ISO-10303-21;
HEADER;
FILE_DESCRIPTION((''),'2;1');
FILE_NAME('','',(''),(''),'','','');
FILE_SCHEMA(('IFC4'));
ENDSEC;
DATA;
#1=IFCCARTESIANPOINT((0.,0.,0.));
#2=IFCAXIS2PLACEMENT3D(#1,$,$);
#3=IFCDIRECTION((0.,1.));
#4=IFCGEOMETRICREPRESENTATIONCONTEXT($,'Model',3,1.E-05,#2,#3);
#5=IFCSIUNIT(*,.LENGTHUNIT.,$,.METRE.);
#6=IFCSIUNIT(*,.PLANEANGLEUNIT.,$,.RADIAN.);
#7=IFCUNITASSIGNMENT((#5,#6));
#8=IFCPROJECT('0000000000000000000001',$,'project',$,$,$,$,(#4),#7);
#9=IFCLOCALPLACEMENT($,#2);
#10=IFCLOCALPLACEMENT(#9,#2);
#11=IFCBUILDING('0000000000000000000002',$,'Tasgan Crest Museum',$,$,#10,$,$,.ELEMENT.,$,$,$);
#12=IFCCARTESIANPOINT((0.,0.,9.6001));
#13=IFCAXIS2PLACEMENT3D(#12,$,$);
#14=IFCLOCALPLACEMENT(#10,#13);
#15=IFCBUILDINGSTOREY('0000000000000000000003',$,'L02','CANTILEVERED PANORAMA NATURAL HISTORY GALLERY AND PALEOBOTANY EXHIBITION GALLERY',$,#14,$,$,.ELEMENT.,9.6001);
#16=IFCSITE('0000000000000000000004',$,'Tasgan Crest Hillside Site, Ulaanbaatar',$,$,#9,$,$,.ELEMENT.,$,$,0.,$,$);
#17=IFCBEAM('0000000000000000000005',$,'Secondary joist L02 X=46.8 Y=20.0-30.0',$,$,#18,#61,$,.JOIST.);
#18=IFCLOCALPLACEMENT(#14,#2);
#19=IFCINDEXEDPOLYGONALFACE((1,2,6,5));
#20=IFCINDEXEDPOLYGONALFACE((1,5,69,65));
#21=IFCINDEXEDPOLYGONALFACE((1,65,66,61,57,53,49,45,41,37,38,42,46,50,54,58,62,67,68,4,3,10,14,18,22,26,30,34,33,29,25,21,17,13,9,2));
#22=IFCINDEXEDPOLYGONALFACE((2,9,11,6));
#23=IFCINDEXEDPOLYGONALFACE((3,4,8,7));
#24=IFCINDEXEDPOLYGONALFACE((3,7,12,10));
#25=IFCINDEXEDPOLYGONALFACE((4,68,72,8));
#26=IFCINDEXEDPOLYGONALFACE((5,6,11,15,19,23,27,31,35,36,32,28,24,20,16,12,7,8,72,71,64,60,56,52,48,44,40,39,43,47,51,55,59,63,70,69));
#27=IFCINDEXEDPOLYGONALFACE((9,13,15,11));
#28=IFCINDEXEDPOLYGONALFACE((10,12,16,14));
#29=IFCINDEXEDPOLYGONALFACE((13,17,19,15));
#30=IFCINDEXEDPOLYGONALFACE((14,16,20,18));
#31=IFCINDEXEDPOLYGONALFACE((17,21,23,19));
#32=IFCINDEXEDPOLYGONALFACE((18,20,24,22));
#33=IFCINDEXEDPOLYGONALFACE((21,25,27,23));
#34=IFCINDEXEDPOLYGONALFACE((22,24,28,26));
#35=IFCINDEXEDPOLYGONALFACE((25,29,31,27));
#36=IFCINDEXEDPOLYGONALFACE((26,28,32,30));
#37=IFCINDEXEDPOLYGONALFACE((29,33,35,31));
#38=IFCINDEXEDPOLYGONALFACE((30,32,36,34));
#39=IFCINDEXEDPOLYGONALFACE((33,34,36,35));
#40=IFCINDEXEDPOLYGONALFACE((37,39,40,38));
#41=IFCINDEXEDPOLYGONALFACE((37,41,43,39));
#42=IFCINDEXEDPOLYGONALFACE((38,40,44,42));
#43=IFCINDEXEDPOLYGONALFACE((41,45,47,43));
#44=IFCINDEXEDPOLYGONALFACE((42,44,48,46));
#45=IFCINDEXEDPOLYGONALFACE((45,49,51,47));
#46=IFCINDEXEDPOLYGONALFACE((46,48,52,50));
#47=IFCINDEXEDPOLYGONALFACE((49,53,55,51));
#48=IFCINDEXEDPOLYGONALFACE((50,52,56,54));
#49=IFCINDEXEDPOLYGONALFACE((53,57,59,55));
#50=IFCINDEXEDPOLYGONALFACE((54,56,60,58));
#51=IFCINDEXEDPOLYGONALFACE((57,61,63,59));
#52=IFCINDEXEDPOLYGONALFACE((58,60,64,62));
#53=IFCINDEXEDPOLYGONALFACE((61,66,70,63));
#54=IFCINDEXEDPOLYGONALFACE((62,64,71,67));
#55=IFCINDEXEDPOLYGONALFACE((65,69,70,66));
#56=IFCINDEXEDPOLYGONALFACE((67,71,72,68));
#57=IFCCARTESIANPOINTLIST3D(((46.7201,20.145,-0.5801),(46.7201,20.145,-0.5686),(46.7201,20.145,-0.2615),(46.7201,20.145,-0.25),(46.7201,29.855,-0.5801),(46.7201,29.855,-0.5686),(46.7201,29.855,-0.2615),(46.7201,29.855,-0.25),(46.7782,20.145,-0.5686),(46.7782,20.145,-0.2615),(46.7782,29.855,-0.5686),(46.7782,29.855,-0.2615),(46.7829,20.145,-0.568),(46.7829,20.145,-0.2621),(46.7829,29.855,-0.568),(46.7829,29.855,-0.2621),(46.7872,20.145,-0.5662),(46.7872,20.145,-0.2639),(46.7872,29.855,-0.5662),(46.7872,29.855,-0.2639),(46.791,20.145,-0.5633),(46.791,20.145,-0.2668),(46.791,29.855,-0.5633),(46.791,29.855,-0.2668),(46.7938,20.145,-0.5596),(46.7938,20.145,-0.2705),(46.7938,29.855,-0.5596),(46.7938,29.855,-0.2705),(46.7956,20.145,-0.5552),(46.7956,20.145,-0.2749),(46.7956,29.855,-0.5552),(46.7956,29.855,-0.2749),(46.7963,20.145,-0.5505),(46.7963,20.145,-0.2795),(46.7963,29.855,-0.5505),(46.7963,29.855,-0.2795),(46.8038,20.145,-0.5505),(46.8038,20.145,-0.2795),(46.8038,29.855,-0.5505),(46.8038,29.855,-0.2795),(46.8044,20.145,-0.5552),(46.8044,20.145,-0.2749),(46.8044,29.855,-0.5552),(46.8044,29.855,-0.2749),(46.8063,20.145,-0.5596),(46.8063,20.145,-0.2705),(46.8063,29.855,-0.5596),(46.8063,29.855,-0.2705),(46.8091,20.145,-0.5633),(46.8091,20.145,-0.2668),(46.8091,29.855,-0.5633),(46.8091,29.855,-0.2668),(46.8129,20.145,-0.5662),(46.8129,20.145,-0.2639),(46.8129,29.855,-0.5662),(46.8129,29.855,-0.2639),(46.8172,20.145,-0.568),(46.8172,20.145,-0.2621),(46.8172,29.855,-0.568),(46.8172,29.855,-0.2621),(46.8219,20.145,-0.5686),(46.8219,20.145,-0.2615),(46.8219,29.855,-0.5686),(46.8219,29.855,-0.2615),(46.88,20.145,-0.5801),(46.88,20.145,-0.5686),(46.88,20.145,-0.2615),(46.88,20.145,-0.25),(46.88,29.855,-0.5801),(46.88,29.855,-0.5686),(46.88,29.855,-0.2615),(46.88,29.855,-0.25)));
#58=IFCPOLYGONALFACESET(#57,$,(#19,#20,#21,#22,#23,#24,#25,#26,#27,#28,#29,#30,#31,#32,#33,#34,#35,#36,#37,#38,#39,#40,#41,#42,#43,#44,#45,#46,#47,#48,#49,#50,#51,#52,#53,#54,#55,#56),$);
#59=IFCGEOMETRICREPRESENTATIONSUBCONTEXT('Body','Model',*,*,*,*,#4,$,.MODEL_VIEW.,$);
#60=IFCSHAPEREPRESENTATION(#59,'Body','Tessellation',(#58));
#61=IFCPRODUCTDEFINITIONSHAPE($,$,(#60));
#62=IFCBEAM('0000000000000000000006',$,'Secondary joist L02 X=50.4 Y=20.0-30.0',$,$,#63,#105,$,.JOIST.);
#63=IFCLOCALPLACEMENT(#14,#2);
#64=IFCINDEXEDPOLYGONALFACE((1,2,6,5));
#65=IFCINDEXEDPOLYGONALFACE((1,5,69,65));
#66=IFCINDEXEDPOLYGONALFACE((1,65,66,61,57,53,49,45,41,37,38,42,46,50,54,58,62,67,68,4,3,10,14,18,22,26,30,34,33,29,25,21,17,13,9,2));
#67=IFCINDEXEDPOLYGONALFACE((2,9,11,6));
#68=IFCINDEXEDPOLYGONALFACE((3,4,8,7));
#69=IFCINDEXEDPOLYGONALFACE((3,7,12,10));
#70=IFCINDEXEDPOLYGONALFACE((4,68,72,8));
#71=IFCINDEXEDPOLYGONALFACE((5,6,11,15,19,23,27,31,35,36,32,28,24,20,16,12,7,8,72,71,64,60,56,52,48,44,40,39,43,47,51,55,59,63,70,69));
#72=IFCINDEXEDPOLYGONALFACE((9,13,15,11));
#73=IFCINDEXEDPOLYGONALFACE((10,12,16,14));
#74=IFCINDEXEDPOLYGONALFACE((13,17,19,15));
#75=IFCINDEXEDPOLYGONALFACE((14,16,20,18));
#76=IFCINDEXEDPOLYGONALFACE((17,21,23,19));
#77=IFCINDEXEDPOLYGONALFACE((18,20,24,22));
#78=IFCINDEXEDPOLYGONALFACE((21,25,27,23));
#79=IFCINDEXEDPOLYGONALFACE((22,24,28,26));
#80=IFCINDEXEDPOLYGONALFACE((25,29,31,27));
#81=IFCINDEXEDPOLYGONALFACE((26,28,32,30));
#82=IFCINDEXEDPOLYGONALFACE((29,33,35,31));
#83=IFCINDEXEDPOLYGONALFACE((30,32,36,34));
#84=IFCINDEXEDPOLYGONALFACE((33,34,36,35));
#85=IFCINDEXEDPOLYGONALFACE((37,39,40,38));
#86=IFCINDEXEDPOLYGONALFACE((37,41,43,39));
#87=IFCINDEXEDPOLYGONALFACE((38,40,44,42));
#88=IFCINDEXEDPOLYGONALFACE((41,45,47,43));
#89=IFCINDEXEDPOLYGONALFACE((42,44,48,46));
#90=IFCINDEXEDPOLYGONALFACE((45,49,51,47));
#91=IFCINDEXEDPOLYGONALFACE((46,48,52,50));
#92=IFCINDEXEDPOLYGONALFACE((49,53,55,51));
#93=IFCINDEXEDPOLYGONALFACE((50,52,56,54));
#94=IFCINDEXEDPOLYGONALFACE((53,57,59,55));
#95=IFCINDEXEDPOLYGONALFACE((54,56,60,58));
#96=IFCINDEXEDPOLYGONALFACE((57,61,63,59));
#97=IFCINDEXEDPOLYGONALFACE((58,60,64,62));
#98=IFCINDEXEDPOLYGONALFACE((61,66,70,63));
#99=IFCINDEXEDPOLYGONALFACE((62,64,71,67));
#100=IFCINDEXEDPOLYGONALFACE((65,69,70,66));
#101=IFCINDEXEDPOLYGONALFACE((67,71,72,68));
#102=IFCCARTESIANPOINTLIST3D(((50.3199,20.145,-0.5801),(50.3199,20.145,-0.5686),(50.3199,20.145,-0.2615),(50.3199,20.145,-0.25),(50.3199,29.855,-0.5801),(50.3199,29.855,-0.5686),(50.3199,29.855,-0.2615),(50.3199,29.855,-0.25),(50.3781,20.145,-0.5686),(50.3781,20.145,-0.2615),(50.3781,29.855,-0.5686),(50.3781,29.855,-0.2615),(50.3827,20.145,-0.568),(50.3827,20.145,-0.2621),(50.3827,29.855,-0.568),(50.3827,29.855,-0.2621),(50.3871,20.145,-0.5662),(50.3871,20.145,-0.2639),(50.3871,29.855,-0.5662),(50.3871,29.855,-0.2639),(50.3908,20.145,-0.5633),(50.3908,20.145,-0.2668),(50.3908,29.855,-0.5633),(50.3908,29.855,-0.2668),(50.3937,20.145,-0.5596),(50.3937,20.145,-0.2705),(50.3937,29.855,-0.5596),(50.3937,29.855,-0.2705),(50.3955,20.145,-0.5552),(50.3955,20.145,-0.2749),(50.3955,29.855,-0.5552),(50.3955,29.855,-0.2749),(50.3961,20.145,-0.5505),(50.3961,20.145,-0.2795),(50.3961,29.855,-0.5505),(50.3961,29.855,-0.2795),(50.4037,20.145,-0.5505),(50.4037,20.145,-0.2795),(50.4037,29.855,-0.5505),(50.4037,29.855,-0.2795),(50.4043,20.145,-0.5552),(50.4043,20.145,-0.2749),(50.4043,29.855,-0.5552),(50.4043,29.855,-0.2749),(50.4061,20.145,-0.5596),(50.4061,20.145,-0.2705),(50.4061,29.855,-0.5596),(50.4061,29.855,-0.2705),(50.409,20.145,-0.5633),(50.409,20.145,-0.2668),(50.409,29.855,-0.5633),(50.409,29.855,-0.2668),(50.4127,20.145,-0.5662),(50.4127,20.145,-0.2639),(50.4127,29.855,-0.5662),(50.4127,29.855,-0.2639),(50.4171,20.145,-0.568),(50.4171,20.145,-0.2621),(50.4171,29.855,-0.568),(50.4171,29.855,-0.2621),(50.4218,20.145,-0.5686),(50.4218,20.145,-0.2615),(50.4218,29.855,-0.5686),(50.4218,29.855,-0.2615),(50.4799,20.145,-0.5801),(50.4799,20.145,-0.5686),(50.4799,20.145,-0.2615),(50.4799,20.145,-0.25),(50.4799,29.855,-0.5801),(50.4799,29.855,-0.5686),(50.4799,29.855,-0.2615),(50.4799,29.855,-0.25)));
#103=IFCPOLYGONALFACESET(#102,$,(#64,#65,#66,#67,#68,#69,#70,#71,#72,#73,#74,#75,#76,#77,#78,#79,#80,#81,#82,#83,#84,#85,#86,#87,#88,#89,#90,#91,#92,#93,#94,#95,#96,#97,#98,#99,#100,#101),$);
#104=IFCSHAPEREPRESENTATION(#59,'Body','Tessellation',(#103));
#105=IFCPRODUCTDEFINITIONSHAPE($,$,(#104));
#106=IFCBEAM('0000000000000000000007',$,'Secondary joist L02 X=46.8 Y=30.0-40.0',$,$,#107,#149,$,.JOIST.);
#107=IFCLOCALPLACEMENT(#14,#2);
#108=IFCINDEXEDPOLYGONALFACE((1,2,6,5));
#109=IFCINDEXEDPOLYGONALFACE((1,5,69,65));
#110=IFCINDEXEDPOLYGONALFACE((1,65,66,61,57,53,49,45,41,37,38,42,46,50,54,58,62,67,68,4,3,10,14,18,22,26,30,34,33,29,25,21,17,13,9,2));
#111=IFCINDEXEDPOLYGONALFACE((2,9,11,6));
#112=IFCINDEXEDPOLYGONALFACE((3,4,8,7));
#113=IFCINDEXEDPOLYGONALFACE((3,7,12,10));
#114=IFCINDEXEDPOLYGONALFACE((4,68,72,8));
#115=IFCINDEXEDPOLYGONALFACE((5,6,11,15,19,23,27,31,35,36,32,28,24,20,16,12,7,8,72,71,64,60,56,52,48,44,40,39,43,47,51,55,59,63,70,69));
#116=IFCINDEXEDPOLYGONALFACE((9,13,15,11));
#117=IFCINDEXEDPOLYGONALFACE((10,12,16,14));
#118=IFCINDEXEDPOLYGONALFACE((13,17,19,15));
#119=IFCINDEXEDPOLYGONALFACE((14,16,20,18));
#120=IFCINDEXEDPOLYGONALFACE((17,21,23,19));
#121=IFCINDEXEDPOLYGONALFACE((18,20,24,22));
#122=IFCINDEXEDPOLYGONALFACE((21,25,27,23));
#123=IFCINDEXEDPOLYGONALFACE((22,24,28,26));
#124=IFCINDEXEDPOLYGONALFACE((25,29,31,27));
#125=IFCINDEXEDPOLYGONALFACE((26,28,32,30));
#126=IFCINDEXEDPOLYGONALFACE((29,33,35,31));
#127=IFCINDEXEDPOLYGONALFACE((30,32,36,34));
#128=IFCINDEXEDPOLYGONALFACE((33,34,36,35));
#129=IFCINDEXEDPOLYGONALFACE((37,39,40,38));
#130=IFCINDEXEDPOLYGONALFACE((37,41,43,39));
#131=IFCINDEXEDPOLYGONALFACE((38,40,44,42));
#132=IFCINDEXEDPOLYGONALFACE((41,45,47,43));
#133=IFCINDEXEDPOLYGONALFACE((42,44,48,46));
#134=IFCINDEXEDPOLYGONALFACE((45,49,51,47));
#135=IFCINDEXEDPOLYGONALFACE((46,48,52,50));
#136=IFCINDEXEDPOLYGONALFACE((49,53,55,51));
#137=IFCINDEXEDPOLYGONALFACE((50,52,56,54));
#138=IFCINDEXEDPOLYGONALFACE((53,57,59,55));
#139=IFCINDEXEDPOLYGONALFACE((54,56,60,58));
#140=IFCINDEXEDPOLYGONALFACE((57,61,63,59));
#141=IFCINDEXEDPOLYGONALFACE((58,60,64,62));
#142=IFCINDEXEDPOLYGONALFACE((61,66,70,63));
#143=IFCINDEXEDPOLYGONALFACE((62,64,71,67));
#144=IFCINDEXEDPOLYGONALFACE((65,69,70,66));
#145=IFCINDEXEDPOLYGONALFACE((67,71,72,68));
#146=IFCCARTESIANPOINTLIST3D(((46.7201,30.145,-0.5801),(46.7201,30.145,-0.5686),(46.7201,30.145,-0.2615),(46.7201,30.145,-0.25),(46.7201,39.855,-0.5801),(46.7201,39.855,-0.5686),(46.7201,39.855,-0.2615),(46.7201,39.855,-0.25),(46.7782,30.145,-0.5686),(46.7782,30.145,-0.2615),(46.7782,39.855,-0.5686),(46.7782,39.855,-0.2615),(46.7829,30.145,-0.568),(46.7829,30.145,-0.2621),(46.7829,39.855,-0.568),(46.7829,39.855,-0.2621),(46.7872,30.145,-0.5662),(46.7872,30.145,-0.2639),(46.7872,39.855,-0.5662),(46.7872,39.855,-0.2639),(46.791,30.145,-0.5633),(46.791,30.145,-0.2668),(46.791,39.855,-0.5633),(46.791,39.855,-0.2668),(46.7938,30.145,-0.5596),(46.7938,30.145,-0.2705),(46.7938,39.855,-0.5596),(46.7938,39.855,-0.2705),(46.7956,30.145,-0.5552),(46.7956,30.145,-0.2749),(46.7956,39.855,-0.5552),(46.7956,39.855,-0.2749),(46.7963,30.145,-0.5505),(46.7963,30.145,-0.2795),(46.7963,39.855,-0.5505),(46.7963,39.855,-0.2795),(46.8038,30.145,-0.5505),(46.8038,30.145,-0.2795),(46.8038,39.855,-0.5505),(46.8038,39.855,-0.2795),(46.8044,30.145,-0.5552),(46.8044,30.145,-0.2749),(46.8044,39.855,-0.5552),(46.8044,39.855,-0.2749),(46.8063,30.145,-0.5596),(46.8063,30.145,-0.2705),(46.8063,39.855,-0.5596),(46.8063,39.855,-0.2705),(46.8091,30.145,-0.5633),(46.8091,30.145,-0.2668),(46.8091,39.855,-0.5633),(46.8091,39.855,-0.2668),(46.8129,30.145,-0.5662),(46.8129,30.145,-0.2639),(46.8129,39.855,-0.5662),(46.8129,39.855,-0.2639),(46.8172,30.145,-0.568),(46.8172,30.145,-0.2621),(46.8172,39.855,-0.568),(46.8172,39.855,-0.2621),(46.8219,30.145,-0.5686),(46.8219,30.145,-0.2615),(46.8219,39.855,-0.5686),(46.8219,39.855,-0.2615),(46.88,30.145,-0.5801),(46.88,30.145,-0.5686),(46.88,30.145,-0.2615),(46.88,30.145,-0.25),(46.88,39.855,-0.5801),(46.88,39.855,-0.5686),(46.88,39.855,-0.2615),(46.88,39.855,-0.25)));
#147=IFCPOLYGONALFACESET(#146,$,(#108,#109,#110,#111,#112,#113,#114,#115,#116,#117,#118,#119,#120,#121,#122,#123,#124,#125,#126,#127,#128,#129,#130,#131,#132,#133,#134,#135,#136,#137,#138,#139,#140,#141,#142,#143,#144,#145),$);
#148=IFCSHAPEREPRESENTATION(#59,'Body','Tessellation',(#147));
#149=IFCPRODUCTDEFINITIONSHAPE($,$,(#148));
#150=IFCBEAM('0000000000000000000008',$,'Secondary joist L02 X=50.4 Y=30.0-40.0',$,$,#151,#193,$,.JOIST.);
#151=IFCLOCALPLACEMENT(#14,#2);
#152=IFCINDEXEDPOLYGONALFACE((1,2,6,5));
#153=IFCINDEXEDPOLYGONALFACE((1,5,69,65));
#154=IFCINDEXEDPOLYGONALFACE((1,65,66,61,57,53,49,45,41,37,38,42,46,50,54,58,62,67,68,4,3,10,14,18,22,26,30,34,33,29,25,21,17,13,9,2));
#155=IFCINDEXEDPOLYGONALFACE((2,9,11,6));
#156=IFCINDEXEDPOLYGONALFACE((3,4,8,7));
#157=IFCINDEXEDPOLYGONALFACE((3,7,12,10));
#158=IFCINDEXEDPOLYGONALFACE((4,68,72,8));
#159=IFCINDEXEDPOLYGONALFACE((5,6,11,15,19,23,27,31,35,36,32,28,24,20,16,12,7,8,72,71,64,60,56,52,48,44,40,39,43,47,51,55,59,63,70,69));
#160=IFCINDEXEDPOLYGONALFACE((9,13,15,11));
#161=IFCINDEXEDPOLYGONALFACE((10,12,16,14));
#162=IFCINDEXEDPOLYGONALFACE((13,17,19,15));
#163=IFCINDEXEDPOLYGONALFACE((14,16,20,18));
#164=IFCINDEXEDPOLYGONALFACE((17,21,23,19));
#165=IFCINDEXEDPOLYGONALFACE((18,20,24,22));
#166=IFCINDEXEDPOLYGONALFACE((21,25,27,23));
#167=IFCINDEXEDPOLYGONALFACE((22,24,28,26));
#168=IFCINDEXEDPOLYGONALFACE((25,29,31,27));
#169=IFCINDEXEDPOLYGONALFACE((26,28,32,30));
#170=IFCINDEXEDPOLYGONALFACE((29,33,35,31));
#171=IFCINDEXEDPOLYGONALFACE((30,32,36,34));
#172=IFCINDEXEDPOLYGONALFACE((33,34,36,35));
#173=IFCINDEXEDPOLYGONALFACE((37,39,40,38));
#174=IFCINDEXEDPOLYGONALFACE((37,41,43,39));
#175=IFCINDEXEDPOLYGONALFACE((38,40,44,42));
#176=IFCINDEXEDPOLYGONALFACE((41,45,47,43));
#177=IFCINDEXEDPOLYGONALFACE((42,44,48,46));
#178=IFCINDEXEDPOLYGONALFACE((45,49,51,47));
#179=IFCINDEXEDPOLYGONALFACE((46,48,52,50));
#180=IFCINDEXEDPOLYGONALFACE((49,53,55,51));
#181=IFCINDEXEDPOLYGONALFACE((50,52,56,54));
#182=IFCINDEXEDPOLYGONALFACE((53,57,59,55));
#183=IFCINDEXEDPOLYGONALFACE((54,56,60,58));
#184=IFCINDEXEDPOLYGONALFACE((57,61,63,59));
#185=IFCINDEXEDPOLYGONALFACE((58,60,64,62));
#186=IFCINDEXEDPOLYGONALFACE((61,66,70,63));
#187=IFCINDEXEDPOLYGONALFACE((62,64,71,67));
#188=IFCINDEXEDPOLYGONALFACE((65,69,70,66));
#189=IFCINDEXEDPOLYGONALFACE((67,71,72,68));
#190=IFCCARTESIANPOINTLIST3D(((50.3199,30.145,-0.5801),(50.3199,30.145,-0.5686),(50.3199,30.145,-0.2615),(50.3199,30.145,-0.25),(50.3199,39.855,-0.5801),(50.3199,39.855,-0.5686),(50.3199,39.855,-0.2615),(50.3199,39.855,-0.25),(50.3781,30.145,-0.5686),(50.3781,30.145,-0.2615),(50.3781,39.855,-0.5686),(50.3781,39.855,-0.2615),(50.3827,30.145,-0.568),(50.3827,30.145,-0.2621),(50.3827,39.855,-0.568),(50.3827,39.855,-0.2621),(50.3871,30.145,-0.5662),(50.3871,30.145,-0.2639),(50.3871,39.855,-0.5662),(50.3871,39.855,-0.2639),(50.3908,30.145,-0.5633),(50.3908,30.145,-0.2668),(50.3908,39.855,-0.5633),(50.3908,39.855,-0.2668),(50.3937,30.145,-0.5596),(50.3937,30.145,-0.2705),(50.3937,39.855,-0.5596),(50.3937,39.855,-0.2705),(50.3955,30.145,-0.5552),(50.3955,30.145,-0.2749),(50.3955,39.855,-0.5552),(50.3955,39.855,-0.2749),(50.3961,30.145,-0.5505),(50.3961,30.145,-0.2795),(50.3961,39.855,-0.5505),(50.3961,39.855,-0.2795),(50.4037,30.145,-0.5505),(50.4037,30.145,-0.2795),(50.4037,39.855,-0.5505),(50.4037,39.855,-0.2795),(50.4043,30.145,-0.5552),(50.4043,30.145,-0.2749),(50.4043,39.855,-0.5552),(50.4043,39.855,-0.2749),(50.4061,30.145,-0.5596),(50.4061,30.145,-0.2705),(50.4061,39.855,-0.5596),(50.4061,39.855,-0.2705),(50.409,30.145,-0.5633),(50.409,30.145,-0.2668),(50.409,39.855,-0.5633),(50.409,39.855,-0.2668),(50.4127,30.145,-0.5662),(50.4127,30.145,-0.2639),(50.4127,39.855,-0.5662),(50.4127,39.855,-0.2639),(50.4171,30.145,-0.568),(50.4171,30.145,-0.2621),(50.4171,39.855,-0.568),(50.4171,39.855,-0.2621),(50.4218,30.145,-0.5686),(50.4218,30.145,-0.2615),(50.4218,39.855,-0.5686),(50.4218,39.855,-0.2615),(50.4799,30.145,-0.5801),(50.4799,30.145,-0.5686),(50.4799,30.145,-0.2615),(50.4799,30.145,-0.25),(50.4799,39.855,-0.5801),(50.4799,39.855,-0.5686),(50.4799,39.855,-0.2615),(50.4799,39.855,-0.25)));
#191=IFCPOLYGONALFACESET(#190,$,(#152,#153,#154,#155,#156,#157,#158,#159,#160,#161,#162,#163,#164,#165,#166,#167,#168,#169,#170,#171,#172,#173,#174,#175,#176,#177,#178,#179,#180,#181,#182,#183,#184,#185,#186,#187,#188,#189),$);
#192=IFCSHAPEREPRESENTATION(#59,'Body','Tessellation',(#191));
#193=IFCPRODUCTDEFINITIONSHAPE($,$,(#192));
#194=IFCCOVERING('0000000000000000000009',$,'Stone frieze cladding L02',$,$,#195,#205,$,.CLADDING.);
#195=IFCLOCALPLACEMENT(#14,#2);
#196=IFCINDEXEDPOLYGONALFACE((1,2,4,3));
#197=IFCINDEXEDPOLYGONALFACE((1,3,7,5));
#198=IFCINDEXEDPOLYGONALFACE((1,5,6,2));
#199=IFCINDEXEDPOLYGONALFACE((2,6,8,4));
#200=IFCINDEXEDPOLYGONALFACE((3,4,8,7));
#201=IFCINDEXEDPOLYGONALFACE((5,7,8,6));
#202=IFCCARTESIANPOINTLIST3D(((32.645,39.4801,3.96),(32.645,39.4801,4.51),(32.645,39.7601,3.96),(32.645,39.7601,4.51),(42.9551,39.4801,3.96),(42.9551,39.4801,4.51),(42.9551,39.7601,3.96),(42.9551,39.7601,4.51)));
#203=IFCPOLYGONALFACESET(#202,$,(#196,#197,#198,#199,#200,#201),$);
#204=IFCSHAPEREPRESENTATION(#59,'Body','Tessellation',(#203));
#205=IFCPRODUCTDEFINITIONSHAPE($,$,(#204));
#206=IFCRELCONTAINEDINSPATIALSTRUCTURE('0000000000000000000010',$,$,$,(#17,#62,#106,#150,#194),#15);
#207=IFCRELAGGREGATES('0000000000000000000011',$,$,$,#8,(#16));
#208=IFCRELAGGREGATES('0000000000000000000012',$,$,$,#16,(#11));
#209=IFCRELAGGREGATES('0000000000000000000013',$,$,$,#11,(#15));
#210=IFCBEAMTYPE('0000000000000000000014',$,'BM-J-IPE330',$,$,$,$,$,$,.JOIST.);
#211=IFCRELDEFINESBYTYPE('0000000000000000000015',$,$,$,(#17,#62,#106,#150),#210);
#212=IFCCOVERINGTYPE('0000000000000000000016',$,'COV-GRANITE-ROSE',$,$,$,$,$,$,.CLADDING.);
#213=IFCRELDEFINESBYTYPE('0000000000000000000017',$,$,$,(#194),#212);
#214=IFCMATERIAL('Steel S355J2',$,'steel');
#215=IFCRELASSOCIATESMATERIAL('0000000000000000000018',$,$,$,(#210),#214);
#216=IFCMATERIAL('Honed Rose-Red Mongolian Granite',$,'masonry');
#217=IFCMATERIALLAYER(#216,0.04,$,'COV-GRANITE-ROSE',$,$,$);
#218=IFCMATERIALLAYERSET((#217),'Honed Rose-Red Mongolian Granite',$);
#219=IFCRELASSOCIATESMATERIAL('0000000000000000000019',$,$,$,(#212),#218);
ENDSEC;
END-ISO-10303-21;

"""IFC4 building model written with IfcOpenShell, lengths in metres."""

from ifc_helpers import new_model, si_unit, direction, frame, origin, origin_2d, place, context, subcontext, project, spatial, rectangle, i_section, extrude, material, layer, layer_set, material_profile, profile_set, type_object, element, save


model = new_model("IFC4")

# Units and contexts
model_context = context("Model", 3, precision=1e-05, world=origin(), true_north=direction((0.0, 1.0)))
body_context = subcontext(model_context, "Body", "Model", "MODEL_VIEW")
ifc_project = project(units=[si_unit("LENGTHUNIT", "METRE"), si_unit("PLANEANGLEUNIT", "RADIAN")], contexts=[model_context])

# Site, building, storey
site_placement = place(None, origin())
site = spatial("IfcSite", under=ifc_project, at=site_placement, Name="Tasgan Crest Hillside Site, Ulaanbaatar", CompositionType="ELEMENT", RefElevation=0.0)
building_placement = place(site_placement, origin())
building = spatial("IfcBuilding", under=site, at=building_placement, Name="Tasgan Crest Museum", CompositionType="ELEMENT")
storey_placement = place(building_placement, frame((0.0, 0.0, 9.6001)))
storey = spatial("IfcBuildingStorey", under=building, at=storey_placement, Name="L02", Description="CANTILEVERED PANORAMA NATURAL HISTORY GALLERY AND PALEOBOTANY EXHIBITION GALLERY", CompositionType="ELEMENT", Elevation=9.6001)

# Beams
ifc_material_1 = material(Name="Steel S355J2", Category="steel")
ifc_material_profile_1 = material_profile(ifc_material_1, i_section(OverallWidth=0.1599, OverallDepth=0.3301, WebThickness=0.0076, FlangeThickness=0.0115, FilletRadius=0.0181, at=origin_2d()), Name="IPE 330")
ifc_profile_set_1 = profile_set([ifc_material_profile_1], Name="Steel S355J2")
beam_type_1 = type_object("IfcBeamType", Name="BM-J-IPE330", PredefinedType="JOIST", material=ifc_profile_set_1)
for number, where, z_axis, x_axis, name in (
    (1, (46.8, 20.145, -0.415), (0.0, 1.0, 0.0), (-1.0, 0.0, 0.0), "Secondary joist L02 X=46.8 Y=20.0-30.0"),
    (2, (50.3999, 20.145, -0.415), (0.0, 1.0, 0.0), (-1.0, 0.0, 0.0), "Secondary joist L02 X=50.4 Y=20.0-30.0"),
    (3, (46.8, 30.145, -0.415), (0.0, 1.0, 0.0), (-1.0, 0.0, 0.0), "Secondary joist L02 X=46.8 Y=30.0-40.0"),
    (4, (50.3999, 30.145, -0.415), (0.0, 1.0, 0.0), (-1.0, 0.0, 0.0), "Secondary joist L02 X=50.4 Y=30.0-40.0"),
):
    element("IfcBeam", number, at=place(storey_placement, frame(where, z_axis=z_axis, x_axis=x_axis)), inside=storey, type_object=beam_type_1, Name=name, PredefinedType="JOIST", context=body_context, shape_type="SweptSolid", body=[
        extrude(i_section(OverallWidth=0.1599, OverallDepth=0.3301, WebThickness=0.0076, FlangeThickness=0.0115, FilletRadius=0.0181, at=origin_2d()), origin(), (0.0, 0.0, 1.0), 9.71),
    ])

# Covering
ifc_material_2 = material(Name="Honed Rose-Red Mongolian Granite", Category="masonry")
ifc_layer = layer(ifc_material_2, 0.04, Name="COV-GRANITE-ROSE")
ifc_layer_set = layer_set([ifc_layer], Name="Honed Rose-Red Mongolian Granite")
covering_type = type_object("IfcCoveringType", Name="COV-GRANITE-ROSE", PredefinedType="CLADDING", material=ifc_layer_set)
covering_placement = place(storey_placement, frame((37.8, 39.6201, 3.96), z_axis=(0.0, 0.0, 1.0), x_axis=(1.0, 0.0, 0.0)))
element("IfcCovering", 5, at=covering_placement, inside=storey, type_object=covering_type, Name="Stone frieze cladding L02", PredefinedType="CLADDING", context=body_context, shape_type="SweptSolid", body=[
    extrude(rectangle(XDim=10.3101, YDim=0.28, at=origin_2d()), origin(), (0.0, 0.0, 1.0), 0.55),
])

save(model, "model.ifc")
